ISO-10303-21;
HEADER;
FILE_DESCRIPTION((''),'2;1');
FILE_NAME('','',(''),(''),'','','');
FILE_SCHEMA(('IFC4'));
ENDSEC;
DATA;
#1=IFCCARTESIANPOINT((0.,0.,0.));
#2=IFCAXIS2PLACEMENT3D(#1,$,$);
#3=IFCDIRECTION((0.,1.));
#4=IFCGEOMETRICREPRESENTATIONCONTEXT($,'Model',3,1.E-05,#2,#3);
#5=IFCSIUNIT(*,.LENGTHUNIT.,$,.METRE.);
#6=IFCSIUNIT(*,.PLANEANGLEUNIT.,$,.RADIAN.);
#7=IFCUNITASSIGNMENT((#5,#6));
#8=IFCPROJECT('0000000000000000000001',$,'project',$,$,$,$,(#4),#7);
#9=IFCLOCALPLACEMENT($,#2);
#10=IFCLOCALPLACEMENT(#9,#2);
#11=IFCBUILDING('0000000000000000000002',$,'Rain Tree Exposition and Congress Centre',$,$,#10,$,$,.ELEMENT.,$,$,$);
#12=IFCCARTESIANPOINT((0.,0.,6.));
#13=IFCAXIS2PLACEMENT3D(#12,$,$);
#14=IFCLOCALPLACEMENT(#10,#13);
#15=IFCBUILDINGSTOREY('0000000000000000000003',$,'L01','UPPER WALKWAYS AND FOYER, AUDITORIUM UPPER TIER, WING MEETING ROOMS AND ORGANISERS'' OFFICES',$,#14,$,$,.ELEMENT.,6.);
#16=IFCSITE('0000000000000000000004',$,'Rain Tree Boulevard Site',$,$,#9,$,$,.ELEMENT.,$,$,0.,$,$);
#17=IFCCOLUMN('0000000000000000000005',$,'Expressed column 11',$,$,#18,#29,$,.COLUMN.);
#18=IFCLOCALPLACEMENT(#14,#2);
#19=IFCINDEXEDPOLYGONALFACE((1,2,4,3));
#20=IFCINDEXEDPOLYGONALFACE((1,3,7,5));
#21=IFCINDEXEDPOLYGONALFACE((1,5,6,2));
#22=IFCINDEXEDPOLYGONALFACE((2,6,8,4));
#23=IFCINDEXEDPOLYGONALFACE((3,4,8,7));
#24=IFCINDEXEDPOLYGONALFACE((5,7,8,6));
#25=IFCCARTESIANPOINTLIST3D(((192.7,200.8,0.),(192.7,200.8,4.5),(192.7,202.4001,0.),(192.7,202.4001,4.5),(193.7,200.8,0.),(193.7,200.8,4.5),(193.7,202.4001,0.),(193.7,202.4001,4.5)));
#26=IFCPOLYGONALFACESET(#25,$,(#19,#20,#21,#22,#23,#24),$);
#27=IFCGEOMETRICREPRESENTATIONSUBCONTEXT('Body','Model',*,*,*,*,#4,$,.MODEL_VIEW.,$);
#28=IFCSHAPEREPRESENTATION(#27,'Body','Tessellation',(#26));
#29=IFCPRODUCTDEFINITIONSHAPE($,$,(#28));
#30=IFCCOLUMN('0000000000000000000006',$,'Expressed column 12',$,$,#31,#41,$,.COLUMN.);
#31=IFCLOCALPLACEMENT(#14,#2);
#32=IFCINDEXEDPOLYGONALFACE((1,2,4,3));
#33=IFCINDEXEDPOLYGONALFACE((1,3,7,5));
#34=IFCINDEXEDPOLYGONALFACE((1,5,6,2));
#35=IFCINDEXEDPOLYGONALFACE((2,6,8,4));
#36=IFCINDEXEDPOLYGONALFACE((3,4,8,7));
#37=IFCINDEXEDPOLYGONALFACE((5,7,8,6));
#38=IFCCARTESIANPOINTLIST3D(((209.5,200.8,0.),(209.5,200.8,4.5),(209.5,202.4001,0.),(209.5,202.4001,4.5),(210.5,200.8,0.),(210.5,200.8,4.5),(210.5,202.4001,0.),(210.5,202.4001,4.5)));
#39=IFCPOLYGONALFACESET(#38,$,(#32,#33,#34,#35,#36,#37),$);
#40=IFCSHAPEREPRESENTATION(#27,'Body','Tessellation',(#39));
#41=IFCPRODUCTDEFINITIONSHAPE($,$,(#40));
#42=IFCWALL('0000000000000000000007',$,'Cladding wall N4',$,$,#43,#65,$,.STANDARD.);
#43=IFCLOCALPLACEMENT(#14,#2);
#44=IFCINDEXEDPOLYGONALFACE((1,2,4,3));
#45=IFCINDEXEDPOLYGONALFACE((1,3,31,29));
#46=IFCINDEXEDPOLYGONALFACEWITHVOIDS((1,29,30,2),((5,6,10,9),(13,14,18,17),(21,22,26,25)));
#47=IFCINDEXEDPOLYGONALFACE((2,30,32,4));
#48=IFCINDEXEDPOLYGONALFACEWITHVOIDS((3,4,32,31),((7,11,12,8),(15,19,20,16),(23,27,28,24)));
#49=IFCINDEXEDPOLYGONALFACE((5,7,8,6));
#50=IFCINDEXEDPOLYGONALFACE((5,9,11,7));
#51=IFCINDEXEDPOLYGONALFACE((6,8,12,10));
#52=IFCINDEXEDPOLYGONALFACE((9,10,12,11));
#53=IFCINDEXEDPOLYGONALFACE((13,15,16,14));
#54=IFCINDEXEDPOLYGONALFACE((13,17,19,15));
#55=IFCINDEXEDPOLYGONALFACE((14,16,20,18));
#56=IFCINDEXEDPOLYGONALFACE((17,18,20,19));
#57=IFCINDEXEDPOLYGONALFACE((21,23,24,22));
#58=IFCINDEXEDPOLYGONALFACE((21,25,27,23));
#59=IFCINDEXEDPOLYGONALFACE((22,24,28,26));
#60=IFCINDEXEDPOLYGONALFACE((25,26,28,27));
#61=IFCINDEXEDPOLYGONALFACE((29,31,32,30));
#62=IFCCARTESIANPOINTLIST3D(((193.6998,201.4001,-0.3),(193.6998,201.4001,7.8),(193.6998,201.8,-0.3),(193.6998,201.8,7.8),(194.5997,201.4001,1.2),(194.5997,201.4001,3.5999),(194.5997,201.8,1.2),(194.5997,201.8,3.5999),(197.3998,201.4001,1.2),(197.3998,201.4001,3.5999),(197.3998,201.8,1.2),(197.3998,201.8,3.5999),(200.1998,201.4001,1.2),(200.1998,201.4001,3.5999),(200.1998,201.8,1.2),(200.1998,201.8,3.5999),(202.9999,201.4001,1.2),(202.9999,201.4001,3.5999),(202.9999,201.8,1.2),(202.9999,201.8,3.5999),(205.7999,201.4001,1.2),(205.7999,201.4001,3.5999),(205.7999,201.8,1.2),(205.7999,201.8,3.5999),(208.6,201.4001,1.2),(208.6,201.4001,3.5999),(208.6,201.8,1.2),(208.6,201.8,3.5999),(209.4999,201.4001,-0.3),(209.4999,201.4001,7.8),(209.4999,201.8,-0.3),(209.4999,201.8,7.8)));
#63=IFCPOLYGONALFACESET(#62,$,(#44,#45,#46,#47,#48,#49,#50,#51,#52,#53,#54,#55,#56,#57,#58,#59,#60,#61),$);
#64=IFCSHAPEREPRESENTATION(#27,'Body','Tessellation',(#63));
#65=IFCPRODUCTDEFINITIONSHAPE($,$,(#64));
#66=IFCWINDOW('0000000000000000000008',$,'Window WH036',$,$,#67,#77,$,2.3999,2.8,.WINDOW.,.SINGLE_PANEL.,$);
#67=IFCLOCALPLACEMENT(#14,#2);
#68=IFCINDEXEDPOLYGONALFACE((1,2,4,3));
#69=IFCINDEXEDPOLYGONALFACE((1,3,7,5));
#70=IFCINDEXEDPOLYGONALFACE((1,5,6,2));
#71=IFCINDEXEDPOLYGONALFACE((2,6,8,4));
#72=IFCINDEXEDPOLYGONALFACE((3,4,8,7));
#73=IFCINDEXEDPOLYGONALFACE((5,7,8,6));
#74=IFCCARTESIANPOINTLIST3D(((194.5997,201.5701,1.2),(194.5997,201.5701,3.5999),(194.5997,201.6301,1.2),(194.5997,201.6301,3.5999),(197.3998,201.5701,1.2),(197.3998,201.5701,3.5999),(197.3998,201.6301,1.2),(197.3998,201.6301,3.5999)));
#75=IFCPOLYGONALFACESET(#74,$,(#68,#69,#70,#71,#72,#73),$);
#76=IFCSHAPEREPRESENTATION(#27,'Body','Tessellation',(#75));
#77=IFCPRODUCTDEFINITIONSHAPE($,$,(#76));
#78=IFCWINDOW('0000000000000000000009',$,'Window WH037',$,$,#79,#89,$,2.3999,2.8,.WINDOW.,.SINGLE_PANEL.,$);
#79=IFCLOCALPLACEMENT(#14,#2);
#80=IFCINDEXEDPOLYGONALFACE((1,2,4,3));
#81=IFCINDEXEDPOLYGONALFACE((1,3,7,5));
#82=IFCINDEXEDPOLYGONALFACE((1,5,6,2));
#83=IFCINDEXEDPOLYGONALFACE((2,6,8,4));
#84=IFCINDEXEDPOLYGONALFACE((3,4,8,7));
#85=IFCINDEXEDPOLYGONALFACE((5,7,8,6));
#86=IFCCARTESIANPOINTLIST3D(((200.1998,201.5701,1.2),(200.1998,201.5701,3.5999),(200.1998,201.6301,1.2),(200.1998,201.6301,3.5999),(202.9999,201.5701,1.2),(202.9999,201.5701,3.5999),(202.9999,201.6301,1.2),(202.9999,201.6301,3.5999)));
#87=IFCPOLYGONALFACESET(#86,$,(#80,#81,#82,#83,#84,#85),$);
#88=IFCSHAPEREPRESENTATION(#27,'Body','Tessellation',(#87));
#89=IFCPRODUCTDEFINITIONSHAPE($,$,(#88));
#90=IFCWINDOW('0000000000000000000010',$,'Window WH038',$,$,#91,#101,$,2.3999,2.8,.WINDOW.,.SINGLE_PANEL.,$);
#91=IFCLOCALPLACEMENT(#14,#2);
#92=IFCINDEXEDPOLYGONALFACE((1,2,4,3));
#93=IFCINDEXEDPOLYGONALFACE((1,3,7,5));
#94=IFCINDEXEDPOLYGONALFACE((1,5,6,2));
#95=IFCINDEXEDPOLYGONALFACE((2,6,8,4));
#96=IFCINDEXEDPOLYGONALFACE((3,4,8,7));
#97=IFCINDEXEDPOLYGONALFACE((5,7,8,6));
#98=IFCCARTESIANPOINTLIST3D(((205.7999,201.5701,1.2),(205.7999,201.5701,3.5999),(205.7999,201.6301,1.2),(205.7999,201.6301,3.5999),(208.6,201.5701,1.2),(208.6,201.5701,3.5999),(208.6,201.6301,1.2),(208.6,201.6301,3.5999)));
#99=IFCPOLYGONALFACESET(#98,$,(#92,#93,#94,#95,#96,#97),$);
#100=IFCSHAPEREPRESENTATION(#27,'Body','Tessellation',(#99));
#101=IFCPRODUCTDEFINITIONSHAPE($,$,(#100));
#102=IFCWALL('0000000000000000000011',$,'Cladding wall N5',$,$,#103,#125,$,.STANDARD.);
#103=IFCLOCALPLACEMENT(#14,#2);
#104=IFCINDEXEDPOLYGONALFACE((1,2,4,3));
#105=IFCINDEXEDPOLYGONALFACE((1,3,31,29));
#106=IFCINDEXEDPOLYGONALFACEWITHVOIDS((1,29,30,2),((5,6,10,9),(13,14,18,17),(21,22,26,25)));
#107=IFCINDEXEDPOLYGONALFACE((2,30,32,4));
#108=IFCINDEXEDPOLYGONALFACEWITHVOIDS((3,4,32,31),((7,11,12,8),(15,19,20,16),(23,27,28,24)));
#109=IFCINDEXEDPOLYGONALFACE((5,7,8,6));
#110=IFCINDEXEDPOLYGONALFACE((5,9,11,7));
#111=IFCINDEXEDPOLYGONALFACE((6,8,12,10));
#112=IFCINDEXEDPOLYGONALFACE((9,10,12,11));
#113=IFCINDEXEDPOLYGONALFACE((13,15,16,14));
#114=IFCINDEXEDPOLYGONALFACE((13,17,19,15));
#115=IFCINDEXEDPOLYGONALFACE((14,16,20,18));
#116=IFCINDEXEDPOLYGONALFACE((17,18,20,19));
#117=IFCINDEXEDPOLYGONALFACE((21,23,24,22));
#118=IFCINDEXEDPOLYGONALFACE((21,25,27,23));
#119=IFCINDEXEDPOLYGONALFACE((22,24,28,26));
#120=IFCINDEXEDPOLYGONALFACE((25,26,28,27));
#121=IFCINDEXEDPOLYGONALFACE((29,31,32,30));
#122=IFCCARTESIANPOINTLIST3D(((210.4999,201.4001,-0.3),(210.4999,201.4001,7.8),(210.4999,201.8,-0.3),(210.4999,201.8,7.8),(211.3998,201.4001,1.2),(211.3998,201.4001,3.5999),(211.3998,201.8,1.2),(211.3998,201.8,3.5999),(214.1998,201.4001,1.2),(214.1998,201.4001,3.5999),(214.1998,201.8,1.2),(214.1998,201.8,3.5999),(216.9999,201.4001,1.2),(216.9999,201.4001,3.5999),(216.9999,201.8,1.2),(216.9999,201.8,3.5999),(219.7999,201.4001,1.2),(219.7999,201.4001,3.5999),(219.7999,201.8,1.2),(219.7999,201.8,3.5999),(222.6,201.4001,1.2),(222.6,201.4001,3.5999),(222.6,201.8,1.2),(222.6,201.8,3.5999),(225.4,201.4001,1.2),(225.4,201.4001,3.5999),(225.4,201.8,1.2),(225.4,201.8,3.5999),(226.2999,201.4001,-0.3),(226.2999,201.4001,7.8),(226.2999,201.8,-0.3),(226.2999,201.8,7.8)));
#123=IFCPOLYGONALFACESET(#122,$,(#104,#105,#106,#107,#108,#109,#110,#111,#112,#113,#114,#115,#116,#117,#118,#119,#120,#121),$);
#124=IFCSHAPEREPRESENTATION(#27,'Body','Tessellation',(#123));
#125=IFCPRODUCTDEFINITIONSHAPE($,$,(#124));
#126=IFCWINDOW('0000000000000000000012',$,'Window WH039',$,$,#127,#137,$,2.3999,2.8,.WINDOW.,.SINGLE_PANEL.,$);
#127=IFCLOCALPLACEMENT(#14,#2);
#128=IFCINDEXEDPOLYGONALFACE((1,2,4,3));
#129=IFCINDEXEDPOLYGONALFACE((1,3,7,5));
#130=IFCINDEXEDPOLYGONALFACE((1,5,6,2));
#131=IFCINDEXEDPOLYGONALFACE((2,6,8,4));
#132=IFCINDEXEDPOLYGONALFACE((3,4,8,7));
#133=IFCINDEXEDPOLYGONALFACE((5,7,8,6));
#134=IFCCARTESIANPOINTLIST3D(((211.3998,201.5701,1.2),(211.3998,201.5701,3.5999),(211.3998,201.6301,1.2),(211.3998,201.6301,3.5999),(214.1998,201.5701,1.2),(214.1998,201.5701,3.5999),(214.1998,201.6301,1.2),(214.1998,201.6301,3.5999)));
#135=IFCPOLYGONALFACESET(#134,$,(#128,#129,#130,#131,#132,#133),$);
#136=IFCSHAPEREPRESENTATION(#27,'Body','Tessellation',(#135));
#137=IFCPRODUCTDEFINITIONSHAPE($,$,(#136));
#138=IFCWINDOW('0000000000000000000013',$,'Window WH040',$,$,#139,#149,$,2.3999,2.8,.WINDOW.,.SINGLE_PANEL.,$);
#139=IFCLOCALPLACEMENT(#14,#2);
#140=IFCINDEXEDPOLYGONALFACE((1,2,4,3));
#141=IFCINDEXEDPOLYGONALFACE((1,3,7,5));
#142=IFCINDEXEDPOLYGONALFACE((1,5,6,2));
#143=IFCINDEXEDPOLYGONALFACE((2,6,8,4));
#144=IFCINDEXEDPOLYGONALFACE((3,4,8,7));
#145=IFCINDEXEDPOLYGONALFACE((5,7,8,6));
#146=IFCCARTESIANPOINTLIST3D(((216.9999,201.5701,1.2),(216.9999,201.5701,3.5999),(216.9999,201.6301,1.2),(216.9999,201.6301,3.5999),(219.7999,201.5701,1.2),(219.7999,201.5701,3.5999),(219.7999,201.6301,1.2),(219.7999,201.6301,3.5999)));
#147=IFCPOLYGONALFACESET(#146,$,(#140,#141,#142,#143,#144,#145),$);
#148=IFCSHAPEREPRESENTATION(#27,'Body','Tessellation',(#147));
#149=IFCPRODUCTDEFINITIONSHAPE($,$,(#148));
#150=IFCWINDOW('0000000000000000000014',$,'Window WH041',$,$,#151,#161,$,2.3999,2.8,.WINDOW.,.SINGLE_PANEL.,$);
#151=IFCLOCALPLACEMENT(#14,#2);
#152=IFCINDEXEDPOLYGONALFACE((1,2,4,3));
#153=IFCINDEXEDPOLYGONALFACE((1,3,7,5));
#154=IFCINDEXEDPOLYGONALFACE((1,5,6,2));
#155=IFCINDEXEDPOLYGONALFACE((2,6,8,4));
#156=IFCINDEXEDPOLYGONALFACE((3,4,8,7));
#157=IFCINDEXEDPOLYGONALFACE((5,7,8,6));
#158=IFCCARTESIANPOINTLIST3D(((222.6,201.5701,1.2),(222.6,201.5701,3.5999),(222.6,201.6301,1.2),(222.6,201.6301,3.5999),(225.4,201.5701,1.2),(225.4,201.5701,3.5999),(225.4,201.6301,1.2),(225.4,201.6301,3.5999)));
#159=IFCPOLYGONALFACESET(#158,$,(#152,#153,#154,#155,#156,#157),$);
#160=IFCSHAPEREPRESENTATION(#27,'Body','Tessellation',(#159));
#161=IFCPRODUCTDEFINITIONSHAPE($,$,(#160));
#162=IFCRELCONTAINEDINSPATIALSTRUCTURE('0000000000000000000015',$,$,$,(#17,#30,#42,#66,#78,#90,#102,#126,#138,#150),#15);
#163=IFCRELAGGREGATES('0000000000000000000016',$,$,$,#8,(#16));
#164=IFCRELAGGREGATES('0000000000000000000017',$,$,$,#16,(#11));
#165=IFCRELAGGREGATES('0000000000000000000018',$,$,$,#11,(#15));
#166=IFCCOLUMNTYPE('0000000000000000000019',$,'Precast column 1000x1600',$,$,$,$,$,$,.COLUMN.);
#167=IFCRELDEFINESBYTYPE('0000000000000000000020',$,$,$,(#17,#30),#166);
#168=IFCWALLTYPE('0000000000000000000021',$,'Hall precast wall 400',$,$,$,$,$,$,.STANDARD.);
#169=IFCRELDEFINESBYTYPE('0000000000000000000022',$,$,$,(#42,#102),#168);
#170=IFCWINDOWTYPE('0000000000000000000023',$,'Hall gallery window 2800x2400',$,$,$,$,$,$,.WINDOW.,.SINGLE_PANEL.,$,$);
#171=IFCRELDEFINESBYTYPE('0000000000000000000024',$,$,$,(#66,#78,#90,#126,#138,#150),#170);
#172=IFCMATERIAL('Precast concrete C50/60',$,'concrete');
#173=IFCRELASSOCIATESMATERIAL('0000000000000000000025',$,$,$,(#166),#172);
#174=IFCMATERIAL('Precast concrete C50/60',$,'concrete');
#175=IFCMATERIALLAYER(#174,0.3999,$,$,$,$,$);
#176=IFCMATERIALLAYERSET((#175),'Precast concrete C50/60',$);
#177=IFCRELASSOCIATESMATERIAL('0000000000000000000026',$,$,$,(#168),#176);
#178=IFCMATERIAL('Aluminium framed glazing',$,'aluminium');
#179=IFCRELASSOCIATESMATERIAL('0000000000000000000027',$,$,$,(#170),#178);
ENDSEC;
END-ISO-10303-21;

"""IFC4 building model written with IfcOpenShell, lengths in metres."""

from ifc_helpers import new_model, si_unit, direction, frame, frame_2d, origin, origin_2d, place, context, subcontext, project, spatial, rectangle, extrude, material, layer, layer_set, material_profile, profile_set, type_object, element, fill, save


model = new_model("IFC4")

# Units and contexts
model_context = context("Model", 3, precision=1e-05, world=origin(), true_north=direction((0.0, 1.0)))
body_context = subcontext(model_context, "Body", "Model", "MODEL_VIEW")
ifc_project = project(units=[si_unit("LENGTHUNIT", "METRE"), si_unit("PLANEANGLEUNIT", "RADIAN")], contexts=[model_context])

# Site, building, storey
site_placement = place(None, origin())
site = spatial("IfcSite", under=ifc_project, at=site_placement, Name="Rain Tree Boulevard Site", CompositionType="ELEMENT", RefElevation=0.0)
building_placement = place(site_placement, origin())
building = spatial("IfcBuilding", under=site, at=building_placement, Name="Rain Tree Exposition and Congress Centre", CompositionType="ELEMENT")
storey_placement = place(building_placement, frame((0.0, 0.0, 6.0)))
storey = spatial("IfcBuildingStorey", under=building, at=storey_placement, Name="L01", Description="UPPER WALKWAYS AND FOYER, AUDITORIUM UPPER TIER, WING MEETING ROOMS AND ORGANISERS' OFFICES", CompositionType="ELEMENT", Elevation=6.0)

# Columns
ifc_material_1 = material(Name="Precast concrete C50/60", Category="concrete")
ifc_material_profile = material_profile(ifc_material_1, rectangle(XDim=1.0, YDim=1.6001, at=origin_2d()), Name="RC 1000x1600")
ifc_profile_set = profile_set([ifc_material_profile], Name="Precast concrete C50/60")
column_type = type_object("IfcColumnType", Name="Precast column 1000x1600", PredefinedType="COLUMN", material=ifc_profile_set)
for number, where, z_axis, x_axis, name in (
    (1, (193.2, 201.6001, 0.0), (0.0, 0.0, 1.0), (1.0, 0.0, 0.0), "Expressed column 11"),
    (2, (210.0, 201.6001, 0.0), (0.0, 0.0, 1.0), (1.0, 0.0, 0.0), "Expressed column 12"),
):
    element("IfcColumn", number, at=place(storey_placement, frame(where, z_axis=z_axis, x_axis=x_axis)), inside=storey, type_object=column_type, Name=name, PredefinedType="COLUMN", context=body_context, shape_type="SweptSolid", body=[
        extrude(rectangle(XDim=1.0, YDim=1.6001, at=origin_2d()), origin(), (0.0, 0.0, 1.0), 4.5),
    ])

# Walls, openings, windows
ifc_material_2 = material(Name="Precast concrete C50/60", Category="concrete")
ifc_layer_1 = layer(ifc_material_2, 0.3999)
ifc_layer_set_1 = layer_set([ifc_layer_1], Name="Precast concrete C50/60")
wall_type = type_object("IfcWallType", Name="Hall precast wall 400", PredefinedType="STANDARD", material=ifc_layer_set_1)
wall_1_placement = place(storey_placement, frame((193.7, 201.6001, -0.3), z_axis=(0.0, 0.0, 1.0), x_axis=(1.0, 0.0, 0.0)))
wall_1 = element("IfcWall", 3, at=wall_1_placement, inside=storey, type_object=wall_type, Name="Cladding wall N4", PredefinedType="STANDARD", context=body_context, shape_type="SweptSolid", body=[
    extrude(rectangle(XDim=15.8, YDim=0.3999, at=frame_2d((7.8999, 0.0))), origin(), (0.0, 0.0, 1.0), 8.1001),
])
opening_1_placement = place(wall_1_placement, frame((0.8999, 0.0, 1.5)))
opening_1 = element("IfcOpeningElement", 4, at=opening_1_placement, cuts=wall_1, PredefinedType="OPENING", context=body_context, shape_type="SweptSolid", body=[
    extrude(rectangle(XDim=2.8, YDim=2.3999, at=frame_2d((1.3999, 1.2))), frame((0.0, 0.2, 0.0), z_axis=(0.0, -1.0, 0.0), x_axis=(1.0, 0.0, 0.0)), (0.0, 0.0, 1.0), 0.3999),
])
opening_2_placement = place(wall_1_placement, frame((6.5, 0.0, 1.5)))
opening_2 = element("IfcOpeningElement", 5, at=opening_2_placement, cuts=wall_1, PredefinedType="OPENING", context=body_context, shape_type="SweptSolid", body=[
    extrude(rectangle(XDim=2.8, YDim=2.3999, at=frame_2d((1.3999, 1.2))), frame((0.0, 0.2, 0.0), z_axis=(0.0, -1.0, 0.0), x_axis=(1.0, 0.0, 0.0)), (0.0, 0.0, 1.0), 0.3999),
])
opening_3_placement = place(wall_1_placement, frame((12.1001, 0.0, 1.5)))
opening_3 = element("IfcOpeningElement", 6, at=opening_3_placement, cuts=wall_1, PredefinedType="OPENING", context=body_context, shape_type="SweptSolid", body=[
    extrude(rectangle(XDim=2.8, YDim=2.3999, at=frame_2d((1.3999, 1.2))), frame((0.0, 0.2, 0.0), z_axis=(0.0, -1.0, 0.0), x_axis=(1.0, 0.0, 0.0)), (0.0, 0.0, 1.0), 0.3999),
])
ifc_material_3 = material(Name="Aluminium framed glazing", Category="aluminium")
window_type = type_object("IfcWindowType", Name="Hall gallery window 2800x2400", PartitioningType="SINGLE_PANEL", PredefinedType="WINDOW", material=ifc_material_3)
window_1_placement = place(opening_1_placement, origin())
window_1 = element("IfcWindow", 7, at=window_1_placement, inside=storey, type_object=window_type, Name="Window WH036", OverallHeight=2.3999, OverallWidth=2.8, PartitioningType="SINGLE_PANEL", PredefinedType="WINDOW", context=body_context, shape_type="SweptSolid", body=[
    extrude(rectangle(XDim=2.8, YDim=2.3999, at=frame_2d((1.3999, 1.2))), frame((0.0, 0.03, 0.0), z_axis=(0.0, -1.0, 0.0), x_axis=(1.0, 0.0, 0.0)), (0.0, 0.0, 1.0), 0.0601),
])
fill(opening_1, window_1)
window_2_placement = place(opening_2_placement, origin())
window_2 = element("IfcWindow", 8, at=window_2_placement, inside=storey, type_object=window_type, Name="Window WH037", OverallHeight=2.3999, OverallWidth=2.8, PartitioningType="SINGLE_PANEL", PredefinedType="WINDOW", context=body_context, shape_type="SweptSolid", body=[
    extrude(rectangle(XDim=2.8, YDim=2.3999, at=frame_2d((1.3999, 1.2))), frame((0.0, 0.03, 0.0), z_axis=(0.0, -1.0, 0.0), x_axis=(1.0, 0.0, 0.0)), (0.0, 0.0, 1.0), 0.0601),
])
fill(opening_2, window_2)
window_3_placement = place(opening_3_placement, origin())
window_3 = element("IfcWindow", 9, at=window_3_placement, inside=storey, type_object=window_type, Name="Window WH038", OverallHeight=2.3999, OverallWidth=2.8, PartitioningType="SINGLE_PANEL", PredefinedType="WINDOW", context=body_context, shape_type="SweptSolid", body=[
    extrude(rectangle(XDim=2.8, YDim=2.3999, at=frame_2d((1.3999, 1.2))), frame((0.0, 0.03, 0.0), z_axis=(0.0, -1.0, 0.0), x_axis=(1.0, 0.0, 0.0)), (0.0, 0.0, 1.0), 0.0601),
])
fill(opening_3, window_3)
wall_2_placement = place(storey_placement, frame((210.5, 201.6001, -0.3), z_axis=(0.0, 0.0, 1.0), x_axis=(1.0, 0.0, 0.0)))
wall_2 = element("IfcWall", 10, at=wall_2_placement, inside=storey, type_object=wall_type, Name="Cladding wall N5", PredefinedType="STANDARD", context=body_context, shape_type="SweptSolid", body=[
    extrude(rectangle(XDim=15.8, YDim=0.3999, at=frame_2d((7.8999, 0.0))), origin(), (0.0, 0.0, 1.0), 8.1001),
])
opening_4_placement = place(wall_2_placement, frame((0.8999, 0.0, 1.5)))
opening_4 = element("IfcOpeningElement", 11, at=opening_4_placement, cuts=wall_2, PredefinedType="OPENING", context=body_context, shape_type="SweptSolid", body=[
    extrude(rectangle(XDim=2.8, YDim=2.3999, at=frame_2d((1.3999, 1.2))), frame((0.0, 0.2, 0.0), z_axis=(0.0, -1.0, 0.0), x_axis=(1.0, 0.0, 0.0)), (0.0, 0.0, 1.0), 0.3999),
])
opening_5_placement = place(wall_2_placement, frame((6.5, 0.0, 1.5)))
opening_5 = element("IfcOpeningElement", 12, at=opening_5_placement, cuts=wall_2, PredefinedType="OPENING", context=body_context, shape_type="SweptSolid", body=[
    extrude(rectangle(XDim=2.8, YDim=2.3999, at=frame_2d((1.3999, 1.2))), frame((0.0, 0.2, 0.0), z_axis=(0.0, -1.0, 0.0), x_axis=(1.0, 0.0, 0.0)), (0.0, 0.0, 1.0), 0.3999),
])
opening_6_placement = place(wall_2_placement, frame((12.1001, 0.0, 1.5)))
opening_6 = element("IfcOpeningElement", 13, at=opening_6_placement, cuts=wall_2, PredefinedType="OPENING", context=body_context, shape_type="SweptSolid", body=[
    extrude(rectangle(XDim=2.8, YDim=2.3999, at=frame_2d((1.3999, 1.2))), frame((0.0, 0.2, 0.0), z_axis=(0.0, -1.0, 0.0), x_axis=(1.0, 0.0, 0.0)), (0.0, 0.0, 1.0), 0.3999),
])
window_4_placement = place(opening_4_placement, origin())
window_4 = element("IfcWindow", 14, at=window_4_placement, inside=storey, type_object=window_type, Name="Window WH039", OverallHeight=2.3999, OverallWidth=2.8, PartitioningType="SINGLE_PANEL", PredefinedType="WINDOW", context=body_context, shape_type="SweptSolid", body=[
    extrude(rectangle(XDim=2.8, YDim=2.3999, at=frame_2d((1.3999, 1.2))), frame((0.0, 0.03, 0.0), z_axis=(0.0, -1.0, 0.0), x_axis=(1.0, 0.0, 0.0)), (0.0, 0.0, 1.0), 0.0601),
])
fill(opening_4, window_4)
window_5_placement = place(opening_5_placement, origin())
window_5 = element("IfcWindow", 15, at=window_5_placement, inside=storey, type_object=window_type, Name="Window WH040", OverallHeight=2.3999, OverallWidth=2.8, PartitioningType="SINGLE_PANEL", PredefinedType="WINDOW", context=body_context, shape_type="SweptSolid", body=[
    extrude(rectangle(XDim=2.8, YDim=2.3999, at=frame_2d((1.3999, 1.2))), frame((0.0, 0.03, 0.0), z_axis=(0.0, -1.0, 0.0), x_axis=(1.0, 0.0, 0.0)), (0.0, 0.0, 1.0), 0.0601),
])
fill(opening_5, window_5)
window_6_placement = place(opening_6_placement, origin())
window_6 = element("IfcWindow", 16, at=window_6_placement, inside=storey, type_object=window_type, Name="Window WH041", OverallHeight=2.3999, OverallWidth=2.8, PartitioningType="SINGLE_PANEL", PredefinedType="WINDOW", context=body_context, shape_type="SweptSolid", body=[
    extrude(rectangle(XDim=2.8, YDim=2.3999, at=frame_2d((1.3999, 1.2))), frame((0.0, 0.03, 0.0), z_axis=(0.0, -1.0, 0.0), x_axis=(1.0, 0.0, 0.0)), (0.0, 0.0, 1.0), 0.0601),
])
fill(opening_6, window_6)

save(model, "model.ifc")
